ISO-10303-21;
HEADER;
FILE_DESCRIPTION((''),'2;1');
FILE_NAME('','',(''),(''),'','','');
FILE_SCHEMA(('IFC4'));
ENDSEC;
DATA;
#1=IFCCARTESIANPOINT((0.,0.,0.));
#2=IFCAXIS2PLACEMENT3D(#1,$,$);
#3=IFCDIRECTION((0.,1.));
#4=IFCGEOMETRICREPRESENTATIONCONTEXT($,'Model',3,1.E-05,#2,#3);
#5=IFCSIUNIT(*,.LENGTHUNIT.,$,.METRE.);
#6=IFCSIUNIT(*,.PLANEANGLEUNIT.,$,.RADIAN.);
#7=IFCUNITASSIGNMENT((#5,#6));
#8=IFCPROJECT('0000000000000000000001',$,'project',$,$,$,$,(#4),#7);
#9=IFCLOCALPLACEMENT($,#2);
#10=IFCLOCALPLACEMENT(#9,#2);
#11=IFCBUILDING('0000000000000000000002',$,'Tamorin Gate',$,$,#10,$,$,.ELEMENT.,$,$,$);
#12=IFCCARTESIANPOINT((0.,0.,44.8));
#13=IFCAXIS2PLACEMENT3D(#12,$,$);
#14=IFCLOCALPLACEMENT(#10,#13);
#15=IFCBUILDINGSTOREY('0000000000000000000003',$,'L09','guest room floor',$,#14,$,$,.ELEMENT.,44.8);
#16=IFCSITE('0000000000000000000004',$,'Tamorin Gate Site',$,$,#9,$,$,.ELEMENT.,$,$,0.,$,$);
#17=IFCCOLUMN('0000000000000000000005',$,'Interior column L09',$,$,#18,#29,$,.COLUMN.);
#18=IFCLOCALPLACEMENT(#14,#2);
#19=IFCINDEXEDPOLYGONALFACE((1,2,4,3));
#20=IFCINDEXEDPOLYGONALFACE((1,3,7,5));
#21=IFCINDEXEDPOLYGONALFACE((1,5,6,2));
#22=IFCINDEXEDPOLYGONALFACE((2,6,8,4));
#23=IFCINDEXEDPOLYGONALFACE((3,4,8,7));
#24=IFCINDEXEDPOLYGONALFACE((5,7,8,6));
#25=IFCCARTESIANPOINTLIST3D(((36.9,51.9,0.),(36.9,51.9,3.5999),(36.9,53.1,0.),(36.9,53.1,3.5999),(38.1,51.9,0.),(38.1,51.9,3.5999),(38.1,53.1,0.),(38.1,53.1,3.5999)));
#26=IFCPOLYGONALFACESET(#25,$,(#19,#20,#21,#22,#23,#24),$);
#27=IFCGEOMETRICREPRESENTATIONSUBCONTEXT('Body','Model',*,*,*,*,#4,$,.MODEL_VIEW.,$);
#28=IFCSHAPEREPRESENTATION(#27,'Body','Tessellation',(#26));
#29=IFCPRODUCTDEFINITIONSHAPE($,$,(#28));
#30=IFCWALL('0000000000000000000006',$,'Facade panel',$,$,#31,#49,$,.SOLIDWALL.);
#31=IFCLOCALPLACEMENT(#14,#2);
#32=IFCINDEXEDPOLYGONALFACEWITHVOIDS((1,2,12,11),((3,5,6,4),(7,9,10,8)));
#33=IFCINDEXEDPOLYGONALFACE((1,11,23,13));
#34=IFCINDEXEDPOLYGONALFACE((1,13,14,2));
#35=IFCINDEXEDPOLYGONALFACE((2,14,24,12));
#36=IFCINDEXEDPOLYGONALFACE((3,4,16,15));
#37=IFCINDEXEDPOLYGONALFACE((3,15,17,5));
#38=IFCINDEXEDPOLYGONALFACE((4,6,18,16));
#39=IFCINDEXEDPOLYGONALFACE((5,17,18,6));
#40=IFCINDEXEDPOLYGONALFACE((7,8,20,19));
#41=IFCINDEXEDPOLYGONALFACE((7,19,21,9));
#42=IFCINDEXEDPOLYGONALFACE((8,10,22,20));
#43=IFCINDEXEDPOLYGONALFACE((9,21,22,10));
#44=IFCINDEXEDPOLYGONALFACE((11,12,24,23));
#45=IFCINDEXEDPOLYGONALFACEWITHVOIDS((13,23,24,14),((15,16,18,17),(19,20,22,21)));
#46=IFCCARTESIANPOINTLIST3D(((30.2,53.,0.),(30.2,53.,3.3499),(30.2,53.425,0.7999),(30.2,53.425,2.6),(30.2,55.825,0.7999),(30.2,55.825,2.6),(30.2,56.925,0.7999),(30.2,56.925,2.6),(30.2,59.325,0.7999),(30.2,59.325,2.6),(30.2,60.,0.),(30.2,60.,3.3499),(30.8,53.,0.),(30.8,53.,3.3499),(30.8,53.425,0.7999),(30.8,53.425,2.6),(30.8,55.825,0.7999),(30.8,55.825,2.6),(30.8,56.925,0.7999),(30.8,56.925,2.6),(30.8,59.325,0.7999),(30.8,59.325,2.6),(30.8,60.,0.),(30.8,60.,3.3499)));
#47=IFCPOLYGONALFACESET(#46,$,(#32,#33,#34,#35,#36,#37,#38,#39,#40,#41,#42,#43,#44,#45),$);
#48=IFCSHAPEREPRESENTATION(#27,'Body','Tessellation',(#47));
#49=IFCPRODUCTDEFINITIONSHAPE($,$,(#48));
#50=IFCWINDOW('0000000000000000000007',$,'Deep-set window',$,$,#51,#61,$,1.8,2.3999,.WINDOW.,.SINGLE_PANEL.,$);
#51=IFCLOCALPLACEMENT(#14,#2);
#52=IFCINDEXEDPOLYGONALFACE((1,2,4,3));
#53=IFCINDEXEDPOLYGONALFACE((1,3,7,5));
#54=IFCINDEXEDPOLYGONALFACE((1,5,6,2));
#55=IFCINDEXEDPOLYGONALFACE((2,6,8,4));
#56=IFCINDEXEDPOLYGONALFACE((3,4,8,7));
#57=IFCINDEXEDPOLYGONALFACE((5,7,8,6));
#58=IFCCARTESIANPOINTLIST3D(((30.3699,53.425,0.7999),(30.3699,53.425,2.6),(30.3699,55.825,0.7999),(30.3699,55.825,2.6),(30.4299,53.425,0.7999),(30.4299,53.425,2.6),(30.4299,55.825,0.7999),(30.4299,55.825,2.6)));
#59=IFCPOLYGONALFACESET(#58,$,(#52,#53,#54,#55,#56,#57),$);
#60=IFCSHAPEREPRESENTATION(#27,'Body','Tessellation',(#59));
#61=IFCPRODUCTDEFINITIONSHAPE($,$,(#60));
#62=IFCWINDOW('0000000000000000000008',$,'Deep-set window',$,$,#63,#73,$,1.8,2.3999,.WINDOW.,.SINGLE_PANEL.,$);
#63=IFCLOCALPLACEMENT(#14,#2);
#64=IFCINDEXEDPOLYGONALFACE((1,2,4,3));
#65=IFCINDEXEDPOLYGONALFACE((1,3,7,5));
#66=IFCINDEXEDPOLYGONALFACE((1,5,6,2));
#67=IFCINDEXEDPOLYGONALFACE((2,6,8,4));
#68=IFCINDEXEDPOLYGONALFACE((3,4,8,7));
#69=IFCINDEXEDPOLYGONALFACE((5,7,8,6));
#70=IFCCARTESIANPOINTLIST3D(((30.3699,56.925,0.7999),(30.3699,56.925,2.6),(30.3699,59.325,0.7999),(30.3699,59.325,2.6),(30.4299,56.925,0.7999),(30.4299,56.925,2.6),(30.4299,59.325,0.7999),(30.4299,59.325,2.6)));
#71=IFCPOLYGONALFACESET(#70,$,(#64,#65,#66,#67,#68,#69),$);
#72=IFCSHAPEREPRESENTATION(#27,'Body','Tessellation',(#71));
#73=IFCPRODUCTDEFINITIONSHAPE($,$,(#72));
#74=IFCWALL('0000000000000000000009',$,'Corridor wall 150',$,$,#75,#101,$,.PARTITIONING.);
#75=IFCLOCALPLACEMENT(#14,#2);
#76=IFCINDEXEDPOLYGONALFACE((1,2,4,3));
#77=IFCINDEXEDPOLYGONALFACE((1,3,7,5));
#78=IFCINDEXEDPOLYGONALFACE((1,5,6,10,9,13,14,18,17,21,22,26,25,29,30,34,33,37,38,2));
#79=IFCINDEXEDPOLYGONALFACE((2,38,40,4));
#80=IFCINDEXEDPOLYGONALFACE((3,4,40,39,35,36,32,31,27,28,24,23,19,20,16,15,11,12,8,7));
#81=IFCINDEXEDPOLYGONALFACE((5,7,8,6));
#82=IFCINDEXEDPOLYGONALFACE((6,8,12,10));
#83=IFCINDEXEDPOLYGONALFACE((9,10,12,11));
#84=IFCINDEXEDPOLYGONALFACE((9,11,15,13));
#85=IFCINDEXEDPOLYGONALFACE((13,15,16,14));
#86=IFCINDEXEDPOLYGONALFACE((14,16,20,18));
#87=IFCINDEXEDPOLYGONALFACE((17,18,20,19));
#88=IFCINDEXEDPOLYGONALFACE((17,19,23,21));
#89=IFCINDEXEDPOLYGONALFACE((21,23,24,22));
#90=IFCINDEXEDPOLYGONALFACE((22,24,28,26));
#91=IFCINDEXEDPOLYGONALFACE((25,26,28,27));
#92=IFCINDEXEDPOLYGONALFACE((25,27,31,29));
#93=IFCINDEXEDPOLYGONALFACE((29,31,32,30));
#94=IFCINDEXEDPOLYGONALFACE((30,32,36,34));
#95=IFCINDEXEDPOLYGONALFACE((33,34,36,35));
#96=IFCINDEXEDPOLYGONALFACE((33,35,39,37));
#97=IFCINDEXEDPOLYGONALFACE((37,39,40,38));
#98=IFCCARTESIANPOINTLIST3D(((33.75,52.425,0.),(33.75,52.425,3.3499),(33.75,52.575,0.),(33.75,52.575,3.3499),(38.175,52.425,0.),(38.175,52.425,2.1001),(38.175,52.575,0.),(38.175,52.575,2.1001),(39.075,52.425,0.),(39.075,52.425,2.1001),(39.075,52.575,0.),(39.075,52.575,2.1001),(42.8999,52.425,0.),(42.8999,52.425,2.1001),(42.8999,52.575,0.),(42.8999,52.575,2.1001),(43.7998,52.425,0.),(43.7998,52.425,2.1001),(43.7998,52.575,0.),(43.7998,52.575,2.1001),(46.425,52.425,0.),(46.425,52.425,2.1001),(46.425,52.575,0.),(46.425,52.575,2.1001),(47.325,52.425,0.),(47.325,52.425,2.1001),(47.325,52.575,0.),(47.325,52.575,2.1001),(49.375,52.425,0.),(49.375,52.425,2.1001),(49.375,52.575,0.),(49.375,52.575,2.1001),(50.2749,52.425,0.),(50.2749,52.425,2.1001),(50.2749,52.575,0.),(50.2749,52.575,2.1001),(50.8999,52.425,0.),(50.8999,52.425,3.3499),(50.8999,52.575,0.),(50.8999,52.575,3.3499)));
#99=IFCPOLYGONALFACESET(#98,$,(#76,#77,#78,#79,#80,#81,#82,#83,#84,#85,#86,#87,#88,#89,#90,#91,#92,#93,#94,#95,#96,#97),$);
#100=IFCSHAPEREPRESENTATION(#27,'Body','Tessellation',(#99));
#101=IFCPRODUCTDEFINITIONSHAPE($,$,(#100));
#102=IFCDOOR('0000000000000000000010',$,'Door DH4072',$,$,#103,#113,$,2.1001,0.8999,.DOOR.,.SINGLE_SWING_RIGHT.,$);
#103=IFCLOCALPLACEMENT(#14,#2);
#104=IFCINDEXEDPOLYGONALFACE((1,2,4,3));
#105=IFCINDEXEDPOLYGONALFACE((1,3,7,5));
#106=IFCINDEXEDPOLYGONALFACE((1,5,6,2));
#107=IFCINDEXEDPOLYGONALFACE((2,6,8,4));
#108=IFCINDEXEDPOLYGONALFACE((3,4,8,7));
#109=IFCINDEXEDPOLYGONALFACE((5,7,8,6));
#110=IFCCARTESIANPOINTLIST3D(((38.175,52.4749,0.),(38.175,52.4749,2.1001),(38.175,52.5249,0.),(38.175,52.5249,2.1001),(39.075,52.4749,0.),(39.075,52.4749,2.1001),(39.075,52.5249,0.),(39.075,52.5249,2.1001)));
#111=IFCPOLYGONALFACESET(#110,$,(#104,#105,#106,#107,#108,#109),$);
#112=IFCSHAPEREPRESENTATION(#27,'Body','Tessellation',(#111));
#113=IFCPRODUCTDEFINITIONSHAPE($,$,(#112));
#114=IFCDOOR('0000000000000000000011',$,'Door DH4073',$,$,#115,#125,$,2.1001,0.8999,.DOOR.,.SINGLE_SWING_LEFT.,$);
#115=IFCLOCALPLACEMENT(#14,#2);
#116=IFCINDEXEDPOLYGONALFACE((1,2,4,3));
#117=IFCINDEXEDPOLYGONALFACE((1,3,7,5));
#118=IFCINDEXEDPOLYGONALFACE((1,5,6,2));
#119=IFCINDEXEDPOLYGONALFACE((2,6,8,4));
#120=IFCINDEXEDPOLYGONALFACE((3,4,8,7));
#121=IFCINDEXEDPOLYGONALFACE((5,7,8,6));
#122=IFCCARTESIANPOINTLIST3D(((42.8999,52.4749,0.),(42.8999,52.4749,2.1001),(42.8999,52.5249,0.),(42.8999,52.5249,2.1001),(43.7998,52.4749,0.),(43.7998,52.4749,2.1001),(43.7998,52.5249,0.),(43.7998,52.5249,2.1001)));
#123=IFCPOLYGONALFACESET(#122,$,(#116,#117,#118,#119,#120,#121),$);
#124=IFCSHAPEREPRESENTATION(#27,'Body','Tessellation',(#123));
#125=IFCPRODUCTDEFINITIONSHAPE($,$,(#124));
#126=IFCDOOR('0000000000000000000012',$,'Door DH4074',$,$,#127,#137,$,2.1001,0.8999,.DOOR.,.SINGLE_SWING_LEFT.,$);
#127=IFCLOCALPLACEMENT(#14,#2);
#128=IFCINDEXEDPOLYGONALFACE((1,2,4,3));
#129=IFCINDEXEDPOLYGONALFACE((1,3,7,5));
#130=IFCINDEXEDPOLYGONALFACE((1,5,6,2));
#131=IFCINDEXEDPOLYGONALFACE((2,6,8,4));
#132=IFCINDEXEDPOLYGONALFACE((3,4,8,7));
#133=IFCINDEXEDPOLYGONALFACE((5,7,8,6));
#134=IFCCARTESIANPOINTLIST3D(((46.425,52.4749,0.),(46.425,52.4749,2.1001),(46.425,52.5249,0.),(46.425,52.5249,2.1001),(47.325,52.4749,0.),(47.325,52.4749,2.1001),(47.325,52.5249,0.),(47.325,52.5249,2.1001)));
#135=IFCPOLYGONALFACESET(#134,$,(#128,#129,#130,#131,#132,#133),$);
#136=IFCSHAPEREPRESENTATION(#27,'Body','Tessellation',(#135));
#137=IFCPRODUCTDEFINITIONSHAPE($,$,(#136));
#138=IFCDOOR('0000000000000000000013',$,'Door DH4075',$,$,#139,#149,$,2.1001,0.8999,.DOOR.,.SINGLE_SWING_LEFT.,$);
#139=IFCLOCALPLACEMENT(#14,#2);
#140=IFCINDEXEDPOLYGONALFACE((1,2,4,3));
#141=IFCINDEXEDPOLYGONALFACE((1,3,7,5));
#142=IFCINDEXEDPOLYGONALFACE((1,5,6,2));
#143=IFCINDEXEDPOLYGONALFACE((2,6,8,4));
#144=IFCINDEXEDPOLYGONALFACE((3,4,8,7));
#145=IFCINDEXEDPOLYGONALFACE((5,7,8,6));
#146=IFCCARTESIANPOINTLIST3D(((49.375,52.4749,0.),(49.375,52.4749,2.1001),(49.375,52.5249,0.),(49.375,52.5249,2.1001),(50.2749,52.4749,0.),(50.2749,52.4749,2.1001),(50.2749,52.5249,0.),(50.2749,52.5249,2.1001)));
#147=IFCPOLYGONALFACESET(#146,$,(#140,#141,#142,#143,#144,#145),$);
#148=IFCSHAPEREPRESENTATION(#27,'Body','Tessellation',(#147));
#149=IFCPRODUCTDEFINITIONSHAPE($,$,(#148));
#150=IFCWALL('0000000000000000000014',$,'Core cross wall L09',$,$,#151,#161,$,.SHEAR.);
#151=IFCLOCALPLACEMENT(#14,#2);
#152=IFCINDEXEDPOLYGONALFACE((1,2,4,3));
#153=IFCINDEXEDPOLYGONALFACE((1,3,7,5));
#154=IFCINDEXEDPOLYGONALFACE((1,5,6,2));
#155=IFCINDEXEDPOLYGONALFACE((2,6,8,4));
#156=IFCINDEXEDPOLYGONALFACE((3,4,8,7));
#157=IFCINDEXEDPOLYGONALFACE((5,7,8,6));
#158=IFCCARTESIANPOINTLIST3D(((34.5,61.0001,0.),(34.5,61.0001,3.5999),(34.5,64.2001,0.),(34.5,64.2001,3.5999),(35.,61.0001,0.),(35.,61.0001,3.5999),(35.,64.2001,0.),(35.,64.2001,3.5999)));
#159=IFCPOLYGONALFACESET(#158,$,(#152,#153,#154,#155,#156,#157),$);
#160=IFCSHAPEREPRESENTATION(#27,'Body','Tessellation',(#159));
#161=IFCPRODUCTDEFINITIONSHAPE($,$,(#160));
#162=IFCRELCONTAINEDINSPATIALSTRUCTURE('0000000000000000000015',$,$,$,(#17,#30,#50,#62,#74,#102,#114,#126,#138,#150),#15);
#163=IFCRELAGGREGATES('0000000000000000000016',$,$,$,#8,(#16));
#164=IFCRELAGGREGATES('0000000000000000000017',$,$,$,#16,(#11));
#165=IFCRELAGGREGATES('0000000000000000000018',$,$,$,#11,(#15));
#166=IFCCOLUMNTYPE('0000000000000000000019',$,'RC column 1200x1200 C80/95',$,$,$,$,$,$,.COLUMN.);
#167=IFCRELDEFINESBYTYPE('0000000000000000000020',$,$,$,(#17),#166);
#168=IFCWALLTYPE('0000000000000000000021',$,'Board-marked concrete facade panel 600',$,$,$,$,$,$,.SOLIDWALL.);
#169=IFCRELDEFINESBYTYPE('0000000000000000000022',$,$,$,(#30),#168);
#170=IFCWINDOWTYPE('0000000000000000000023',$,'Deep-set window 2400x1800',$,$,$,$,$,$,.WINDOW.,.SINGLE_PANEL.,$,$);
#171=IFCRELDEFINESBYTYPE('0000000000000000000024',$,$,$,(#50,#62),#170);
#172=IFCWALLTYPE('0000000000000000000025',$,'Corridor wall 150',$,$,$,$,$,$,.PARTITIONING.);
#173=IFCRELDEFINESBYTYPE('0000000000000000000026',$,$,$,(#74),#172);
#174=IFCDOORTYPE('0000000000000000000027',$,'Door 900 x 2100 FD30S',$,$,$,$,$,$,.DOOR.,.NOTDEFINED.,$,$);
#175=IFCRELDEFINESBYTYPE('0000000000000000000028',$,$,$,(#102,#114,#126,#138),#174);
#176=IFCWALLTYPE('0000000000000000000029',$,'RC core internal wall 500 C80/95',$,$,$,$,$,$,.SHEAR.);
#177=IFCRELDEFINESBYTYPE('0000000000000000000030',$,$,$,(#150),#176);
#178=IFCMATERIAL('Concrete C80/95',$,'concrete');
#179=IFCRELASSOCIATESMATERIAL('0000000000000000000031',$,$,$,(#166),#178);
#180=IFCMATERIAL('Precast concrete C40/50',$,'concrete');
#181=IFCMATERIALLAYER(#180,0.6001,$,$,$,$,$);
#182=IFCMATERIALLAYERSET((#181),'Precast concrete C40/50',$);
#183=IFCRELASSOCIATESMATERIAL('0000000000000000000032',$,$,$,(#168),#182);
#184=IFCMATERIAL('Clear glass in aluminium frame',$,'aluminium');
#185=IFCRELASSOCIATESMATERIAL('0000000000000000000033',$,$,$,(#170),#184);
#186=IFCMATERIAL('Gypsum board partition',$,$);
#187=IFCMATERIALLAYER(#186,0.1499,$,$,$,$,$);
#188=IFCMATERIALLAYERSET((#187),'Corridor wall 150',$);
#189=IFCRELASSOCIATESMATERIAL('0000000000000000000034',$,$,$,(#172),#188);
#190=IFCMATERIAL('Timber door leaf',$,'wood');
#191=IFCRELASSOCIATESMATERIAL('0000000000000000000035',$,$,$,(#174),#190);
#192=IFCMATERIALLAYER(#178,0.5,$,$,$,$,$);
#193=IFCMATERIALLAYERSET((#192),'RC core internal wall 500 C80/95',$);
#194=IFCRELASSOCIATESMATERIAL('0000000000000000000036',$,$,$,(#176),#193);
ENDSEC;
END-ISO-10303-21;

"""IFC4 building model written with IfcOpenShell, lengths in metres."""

from ifc_helpers import new_model, si_unit, direction, frame, frame_2d, origin, origin_2d, place, context, subcontext, project, spatial, rectangle, extrude, material, layer, layer_set, material_profile, profile_set, type_object, element, fill, save


model = new_model("IFC4")

# Units and contexts
model_context = context("Model", 3, precision=1e-05, world=origin(), true_north=direction((0.0, 1.0)))
body_context = subcontext(model_context, "Body", "Model", "MODEL_VIEW")
ifc_project = project(units=[si_unit("LENGTHUNIT", "METRE"), si_unit("PLANEANGLEUNIT", "RADIAN")], contexts=[model_context])

# Site, building, storey
site_placement = place(None, origin())
site = spatial("IfcSite", under=ifc_project, at=site_placement, Name="Tamorin Gate Site", CompositionType="ELEMENT", RefElevation=0.0)
building_placement = place(site_placement, origin())
building = spatial("IfcBuilding", under=site, at=building_placement, Name="Tamorin Gate", CompositionType="ELEMENT")
storey_placement = place(building_placement, frame((0.0, 0.0, 44.8)))
storey = spatial("IfcBuildingStorey", under=building, at=storey_placement, Name="L09", Description="guest room floor", CompositionType="ELEMENT", Elevation=44.8)

# Column
ifc_material_1 = material(Name="Concrete C80/95", Category="concrete")
ifc_material_profile = material_profile(ifc_material_1, rectangle(XDim=1.2, YDim=1.2, at=origin_2d()), Name="RC 1200x1200")
ifc_profile_set = profile_set([ifc_material_profile], Name="Concrete C80/95")
column_type = type_object("IfcColumnType", Name="RC column 1200x1200 C80/95", PredefinedType="COLUMN", material=ifc_profile_set)
column_placement = place(storey_placement, frame((37.5, 52.5, 0.0), z_axis=(0.0, 0.0, 1.0), x_axis=(1.0, 0.0, 0.0)))
element("IfcColumn", 1, at=column_placement, inside=storey, type_object=column_type, Name="Interior column L09", PredefinedType="COLUMN", context=body_context, shape_type="SweptSolid", body=[
    extrude(rectangle(XDim=1.2, YDim=1.2, at=origin_2d()), origin(), (0.0, 0.0, 1.0), 3.5999),
])

# Wall, openings, windows
ifc_material_2 = material(Name="Precast concrete C40/50", Category="concrete")
ifc_layer_1 = layer(ifc_material_2, 0.6001)
ifc_layer_set_1 = layer_set([ifc_layer_1], Name="Precast concrete C40/50")
wall_type_1 = type_object("IfcWallType", Name="Board-marked concrete facade panel 600", PredefinedType="SOLIDWALL", material=ifc_layer_set_1)
wall_1_placement = place(storey_placement, frame((30.5, 60.0, 0.0), z_axis=(0.0, 0.0, 1.0), x_axis=(0.0, -1.0, 0.0)))
wall_1 = element("IfcWall", 2, at=wall_1_placement, inside=storey, type_object=wall_type_1, Name="Facade panel", PredefinedType="SOLIDWALL", context=body_context, shape_type="SweptSolid", body=[
    extrude(rectangle(XDim=7.0, YDim=0.6001, at=frame_2d((3.5, 0.0))), origin(), (0.0, 0.0, 1.0), 3.3499),
])
opening_1_placement = place(wall_1_placement, frame((4.175, 0.0, 0.8)))
opening_1 = element("IfcOpeningElement", 3, at=opening_1_placement, cuts=wall_1, PredefinedType="OPENING", context=body_context, shape_type="SweptSolid", body=[
    extrude(rectangle(XDim=2.3999, YDim=1.8, at=frame_2d((1.2, 0.8999))), frame((0.0, 0.3101, 0.0), z_axis=(0.0, -1.0, 0.0), x_axis=(1.0, 0.0, 0.0)), (0.0, 0.0, 1.0), 0.6201),
])
opening_2_placement = place(wall_1_placement, frame((0.675, 0.0, 0.8)))
opening_2 = element("IfcOpeningElement", 4, at=opening_2_placement, cuts=wall_1, PredefinedType="OPENING", context=body_context, shape_type="SweptSolid", body=[
    extrude(rectangle(XDim=2.3999, YDim=1.8, at=frame_2d((1.2, 0.8999))), frame((0.0, 0.3101, 0.0), z_axis=(0.0, -1.0, 0.0), x_axis=(1.0, 0.0, 0.0)), (0.0, 0.0, 1.0), 0.6201),
])
ifc_material_3 = material(Name="Clear glass in aluminium frame", Category="aluminium")
window_type = type_object("IfcWindowType", Name="Deep-set window 2400x1800", PartitioningType="SINGLE_PANEL", PredefinedType="WINDOW", material=ifc_material_3)
window_1_placement = place(opening_1_placement, origin())
window_1 = element("IfcWindow", 5, at=window_1_placement, inside=storey, type_object=window_type, Name="Deep-set window", OverallHeight=1.8, OverallWidth=2.3999, PartitioningType="SINGLE_PANEL", PredefinedType="WINDOW", context=body_context, shape_type="SweptSolid", body=[
    extrude(rectangle(XDim=2.3999, YDim=1.8, at=frame_2d((1.2, 0.8999))), frame((0.0, -0.0701, 0.0), z_axis=(0.0, -1.0, 0.0), x_axis=(1.0, 0.0, 0.0)), (0.0, 0.0, 1.0), 0.0601),
])
fill(opening_1, window_1)
window_2_placement = place(opening_2_placement, origin())
window_2 = element("IfcWindow", 6, at=window_2_placement, inside=storey, type_object=window_type, Name="Deep-set window", OverallHeight=1.8, OverallWidth=2.3999, PartitioningType="SINGLE_PANEL", PredefinedType="WINDOW", context=body_context, shape_type="SweptSolid", body=[
    extrude(rectangle(XDim=2.3999, YDim=1.8, at=frame_2d((1.2, 0.8999))), frame((0.0, -0.0701, 0.0), z_axis=(0.0, -1.0, 0.0), x_axis=(1.0, 0.0, 0.0)), (0.0, 0.0, 1.0), 0.0601),
])
fill(opening_2, window_2)

# Wall, openings, doors
ifc_material_4 = material(Name="Gypsum board partition")
ifc_layer_2 = layer(ifc_material_4, 0.1499)
ifc_layer_set_2 = layer_set([ifc_layer_2], Name="Corridor wall 150")
wall_type_2 = type_object("IfcWallType", Name="Corridor wall 150", PredefinedType="PARTITIONING", material=ifc_layer_set_2)
wall_2_placement = place(storey_placement, frame((33.75, 52.5, 0.0), z_axis=(0.0, 0.0, 1.0), x_axis=(1.0, 0.0, 0.0)))
wall_2 = element("IfcWall", 7, at=wall_2_placement, inside=storey, type_object=wall_type_2, Name="Corridor wall 150", PredefinedType="PARTITIONING", context=body_context, shape_type="SweptSolid", body=[
    extrude(rectangle(XDim=17.1499, YDim=0.1499, at=frame_2d((8.575, 0.0))), origin(), (0.0, 0.0, 1.0), 3.3499),
])
opening_3_placement = place(wall_2_placement, frame((4.425, 0.0, 0.0)))
opening_3 = element("IfcOpeningElement", 8, at=opening_3_placement, cuts=wall_2, PredefinedType="OPENING", context=body_context, shape_type="SweptSolid", body=[
    extrude(rectangle(XDim=0.8999, YDim=2.1001, at=frame_2d((0.45, 1.05))), frame((0.0, 0.085, 0.0), z_axis=(0.0, -1.0, 0.0), x_axis=(1.0, 0.0, 0.0)), (0.0, 0.0, 1.0), 0.1699),
])
opening_4_placement = place(wall_2_placement, frame((9.1499, 0.0, 0.0)))
opening_4 = element("IfcOpeningElement", 9, at=opening_4_placement, cuts=wall_2, PredefinedType="OPENING", context=body_context, shape_type="SweptSolid", body=[
    extrude(rectangle(XDim=0.8999, YDim=2.1001, at=frame_2d((0.45, 1.05))), frame((0.0, 0.085, 0.0), z_axis=(0.0, -1.0, 0.0), x_axis=(1.0, 0.0, 0.0)), (0.0, 0.0, 1.0), 0.1699),
])
opening_5_placement = place(wall_2_placement, frame((12.675, 0.0, 0.0)))
opening_5 = element("IfcOpeningElement", 10, at=opening_5_placement, cuts=wall_2, PredefinedType="OPENING", context=body_context, shape_type="SweptSolid", body=[
    extrude(rectangle(XDim=0.8999, YDim=2.1001, at=frame_2d((0.45, 1.05))), frame((0.0, 0.085, 0.0), z_axis=(0.0, -1.0, 0.0), x_axis=(1.0, 0.0, 0.0)), (0.0, 0.0, 1.0), 0.1699),
])
opening_6_placement = place(wall_2_placement, frame((15.625, 0.0, 0.0)))
opening_6 = element("IfcOpeningElement", 11, at=opening_6_placement, cuts=wall_2, PredefinedType="OPENING", context=body_context, shape_type="SweptSolid", body=[
    extrude(rectangle(XDim=0.8999, YDim=2.1001, at=frame_2d((0.45, 1.05))), frame((0.0, 0.085, 0.0), z_axis=(0.0, -1.0, 0.0), x_axis=(1.0, 0.0, 0.0)), (0.0, 0.0, 1.0), 0.1699),
])
ifc_material_5 = material(Name="Timber door leaf", Category="wood")
door_type_1 = type_object("IfcDoorType", Name="Door 900 x 2100 FD30S", OperationType="NOTDEFINED", PredefinedType="DOOR", material=ifc_material_5)
door_1_placement = place(opening_3_placement, origin())
door_1 = element("IfcDoor", 12, at=door_1_placement, inside=storey, type_object=door_type_1, Name="Door DH4072", OperationType="SINGLE_SWING_RIGHT", OverallHeight=2.1001, OverallWidth=0.8999, PredefinedType="DOOR", context=body_context, shape_type="SweptSolid", body=[
    extrude(rectangle(XDim=0.8999, YDim=2.1001, at=frame_2d((0.45, 1.05))), frame((0.0, 0.0249, 0.0), z_axis=(0.0, -1.0, 0.0), x_axis=(1.0, 0.0, 0.0)), (0.0, 0.0, 1.0), 0.05),
])
fill(opening_3, door_1)
door_2_placement = place(opening_4_placement, origin())
door_2 = element("IfcDoor", 13, at=door_2_placement, inside=storey, type_object=door_type_1, Name="Door DH4073", OperationType="SINGLE_SWING_LEFT", OverallHeight=2.1001, OverallWidth=0.8999, PredefinedType="DOOR", context=body_context, shape_type="SweptSolid", body=[
    extrude(rectangle(XDim=0.8999, YDim=2.1001, at=frame_2d((0.45, 1.05))), frame((0.0, 0.0249, 0.0), z_axis=(0.0, -1.0, 0.0), x_axis=(1.0, 0.0, 0.0)), (0.0, 0.0, 1.0), 0.05),
])
fill(opening_4, door_2)
door_3_placement = place(opening_5_placement, origin())
door_3 = element("IfcDoor", 14, at=door_3_placement, inside=storey, type_object=door_type_1, Name="Door DH4074", OperationType="SINGLE_SWING_LEFT", OverallHeight=2.1001, OverallWidth=0.8999, PredefinedType="DOOR", context=body_context, shape_type="SweptSolid", body=[
    extrude(rectangle(XDim=0.8999, YDim=2.1001, at=frame_2d((0.45, 1.05))), frame((0.0, 0.0249, 0.0), z_axis=(0.0, -1.0, 0.0), x_axis=(1.0, 0.0, 0.0)), (0.0, 0.0, 1.0), 0.05),
])
fill(opening_5, door_3)
door_4_placement = place(opening_6_placement, origin())
door_4 = element("IfcDoor", 15, at=door_4_placement, inside=storey, type_object=door_type_1, Name="Door DH4075", OperationType="SINGLE_SWING_LEFT", OverallHeight=2.1001, OverallWidth=0.8999, PredefinedType="DOOR", context=body_context, shape_type="SweptSolid", body=[
    extrude(rectangle(XDim=0.8999, YDim=2.1001, at=frame_2d((0.45, 1.05))), frame((0.0, 0.0249, 0.0), z_axis=(0.0, -1.0, 0.0), x_axis=(1.0, 0.0, 0.0)), (0.0, 0.0, 1.0), 0.05),
])
fill(opening_6, door_4)

# Wall
ifc_layer_3 = layer(ifc_material_1, 0.5)
ifc_layer_set_3 = layer_set([ifc_layer_3], Name="RC core internal wall 500 C80/95")
wall_type_3 = type_object("IfcWallType", Name="RC core internal wall 500 C80/95", PredefinedType="SHEAR", material=ifc_layer_set_3)
wall_3_placement = place(storey_placement, frame((34.75, 61.0, 0.0), z_axis=(0.0, 0.0, 1.0), x_axis=(0.0, 1.0, 0.0)))
element("IfcWall", 16, at=wall_3_placement, inside=storey, type_object=wall_type_3, Name="Core cross wall L09", PredefinedType="SHEAR", context=body_context, shape_type="SweptSolid", body=[
    extrude(rectangle(XDim=3.2, YDim=0.5, at=frame_2d((1.6001, 0.0))), origin(), (0.0, 0.0, 1.0), 3.5999),
])

save(model, "model.ifc")
